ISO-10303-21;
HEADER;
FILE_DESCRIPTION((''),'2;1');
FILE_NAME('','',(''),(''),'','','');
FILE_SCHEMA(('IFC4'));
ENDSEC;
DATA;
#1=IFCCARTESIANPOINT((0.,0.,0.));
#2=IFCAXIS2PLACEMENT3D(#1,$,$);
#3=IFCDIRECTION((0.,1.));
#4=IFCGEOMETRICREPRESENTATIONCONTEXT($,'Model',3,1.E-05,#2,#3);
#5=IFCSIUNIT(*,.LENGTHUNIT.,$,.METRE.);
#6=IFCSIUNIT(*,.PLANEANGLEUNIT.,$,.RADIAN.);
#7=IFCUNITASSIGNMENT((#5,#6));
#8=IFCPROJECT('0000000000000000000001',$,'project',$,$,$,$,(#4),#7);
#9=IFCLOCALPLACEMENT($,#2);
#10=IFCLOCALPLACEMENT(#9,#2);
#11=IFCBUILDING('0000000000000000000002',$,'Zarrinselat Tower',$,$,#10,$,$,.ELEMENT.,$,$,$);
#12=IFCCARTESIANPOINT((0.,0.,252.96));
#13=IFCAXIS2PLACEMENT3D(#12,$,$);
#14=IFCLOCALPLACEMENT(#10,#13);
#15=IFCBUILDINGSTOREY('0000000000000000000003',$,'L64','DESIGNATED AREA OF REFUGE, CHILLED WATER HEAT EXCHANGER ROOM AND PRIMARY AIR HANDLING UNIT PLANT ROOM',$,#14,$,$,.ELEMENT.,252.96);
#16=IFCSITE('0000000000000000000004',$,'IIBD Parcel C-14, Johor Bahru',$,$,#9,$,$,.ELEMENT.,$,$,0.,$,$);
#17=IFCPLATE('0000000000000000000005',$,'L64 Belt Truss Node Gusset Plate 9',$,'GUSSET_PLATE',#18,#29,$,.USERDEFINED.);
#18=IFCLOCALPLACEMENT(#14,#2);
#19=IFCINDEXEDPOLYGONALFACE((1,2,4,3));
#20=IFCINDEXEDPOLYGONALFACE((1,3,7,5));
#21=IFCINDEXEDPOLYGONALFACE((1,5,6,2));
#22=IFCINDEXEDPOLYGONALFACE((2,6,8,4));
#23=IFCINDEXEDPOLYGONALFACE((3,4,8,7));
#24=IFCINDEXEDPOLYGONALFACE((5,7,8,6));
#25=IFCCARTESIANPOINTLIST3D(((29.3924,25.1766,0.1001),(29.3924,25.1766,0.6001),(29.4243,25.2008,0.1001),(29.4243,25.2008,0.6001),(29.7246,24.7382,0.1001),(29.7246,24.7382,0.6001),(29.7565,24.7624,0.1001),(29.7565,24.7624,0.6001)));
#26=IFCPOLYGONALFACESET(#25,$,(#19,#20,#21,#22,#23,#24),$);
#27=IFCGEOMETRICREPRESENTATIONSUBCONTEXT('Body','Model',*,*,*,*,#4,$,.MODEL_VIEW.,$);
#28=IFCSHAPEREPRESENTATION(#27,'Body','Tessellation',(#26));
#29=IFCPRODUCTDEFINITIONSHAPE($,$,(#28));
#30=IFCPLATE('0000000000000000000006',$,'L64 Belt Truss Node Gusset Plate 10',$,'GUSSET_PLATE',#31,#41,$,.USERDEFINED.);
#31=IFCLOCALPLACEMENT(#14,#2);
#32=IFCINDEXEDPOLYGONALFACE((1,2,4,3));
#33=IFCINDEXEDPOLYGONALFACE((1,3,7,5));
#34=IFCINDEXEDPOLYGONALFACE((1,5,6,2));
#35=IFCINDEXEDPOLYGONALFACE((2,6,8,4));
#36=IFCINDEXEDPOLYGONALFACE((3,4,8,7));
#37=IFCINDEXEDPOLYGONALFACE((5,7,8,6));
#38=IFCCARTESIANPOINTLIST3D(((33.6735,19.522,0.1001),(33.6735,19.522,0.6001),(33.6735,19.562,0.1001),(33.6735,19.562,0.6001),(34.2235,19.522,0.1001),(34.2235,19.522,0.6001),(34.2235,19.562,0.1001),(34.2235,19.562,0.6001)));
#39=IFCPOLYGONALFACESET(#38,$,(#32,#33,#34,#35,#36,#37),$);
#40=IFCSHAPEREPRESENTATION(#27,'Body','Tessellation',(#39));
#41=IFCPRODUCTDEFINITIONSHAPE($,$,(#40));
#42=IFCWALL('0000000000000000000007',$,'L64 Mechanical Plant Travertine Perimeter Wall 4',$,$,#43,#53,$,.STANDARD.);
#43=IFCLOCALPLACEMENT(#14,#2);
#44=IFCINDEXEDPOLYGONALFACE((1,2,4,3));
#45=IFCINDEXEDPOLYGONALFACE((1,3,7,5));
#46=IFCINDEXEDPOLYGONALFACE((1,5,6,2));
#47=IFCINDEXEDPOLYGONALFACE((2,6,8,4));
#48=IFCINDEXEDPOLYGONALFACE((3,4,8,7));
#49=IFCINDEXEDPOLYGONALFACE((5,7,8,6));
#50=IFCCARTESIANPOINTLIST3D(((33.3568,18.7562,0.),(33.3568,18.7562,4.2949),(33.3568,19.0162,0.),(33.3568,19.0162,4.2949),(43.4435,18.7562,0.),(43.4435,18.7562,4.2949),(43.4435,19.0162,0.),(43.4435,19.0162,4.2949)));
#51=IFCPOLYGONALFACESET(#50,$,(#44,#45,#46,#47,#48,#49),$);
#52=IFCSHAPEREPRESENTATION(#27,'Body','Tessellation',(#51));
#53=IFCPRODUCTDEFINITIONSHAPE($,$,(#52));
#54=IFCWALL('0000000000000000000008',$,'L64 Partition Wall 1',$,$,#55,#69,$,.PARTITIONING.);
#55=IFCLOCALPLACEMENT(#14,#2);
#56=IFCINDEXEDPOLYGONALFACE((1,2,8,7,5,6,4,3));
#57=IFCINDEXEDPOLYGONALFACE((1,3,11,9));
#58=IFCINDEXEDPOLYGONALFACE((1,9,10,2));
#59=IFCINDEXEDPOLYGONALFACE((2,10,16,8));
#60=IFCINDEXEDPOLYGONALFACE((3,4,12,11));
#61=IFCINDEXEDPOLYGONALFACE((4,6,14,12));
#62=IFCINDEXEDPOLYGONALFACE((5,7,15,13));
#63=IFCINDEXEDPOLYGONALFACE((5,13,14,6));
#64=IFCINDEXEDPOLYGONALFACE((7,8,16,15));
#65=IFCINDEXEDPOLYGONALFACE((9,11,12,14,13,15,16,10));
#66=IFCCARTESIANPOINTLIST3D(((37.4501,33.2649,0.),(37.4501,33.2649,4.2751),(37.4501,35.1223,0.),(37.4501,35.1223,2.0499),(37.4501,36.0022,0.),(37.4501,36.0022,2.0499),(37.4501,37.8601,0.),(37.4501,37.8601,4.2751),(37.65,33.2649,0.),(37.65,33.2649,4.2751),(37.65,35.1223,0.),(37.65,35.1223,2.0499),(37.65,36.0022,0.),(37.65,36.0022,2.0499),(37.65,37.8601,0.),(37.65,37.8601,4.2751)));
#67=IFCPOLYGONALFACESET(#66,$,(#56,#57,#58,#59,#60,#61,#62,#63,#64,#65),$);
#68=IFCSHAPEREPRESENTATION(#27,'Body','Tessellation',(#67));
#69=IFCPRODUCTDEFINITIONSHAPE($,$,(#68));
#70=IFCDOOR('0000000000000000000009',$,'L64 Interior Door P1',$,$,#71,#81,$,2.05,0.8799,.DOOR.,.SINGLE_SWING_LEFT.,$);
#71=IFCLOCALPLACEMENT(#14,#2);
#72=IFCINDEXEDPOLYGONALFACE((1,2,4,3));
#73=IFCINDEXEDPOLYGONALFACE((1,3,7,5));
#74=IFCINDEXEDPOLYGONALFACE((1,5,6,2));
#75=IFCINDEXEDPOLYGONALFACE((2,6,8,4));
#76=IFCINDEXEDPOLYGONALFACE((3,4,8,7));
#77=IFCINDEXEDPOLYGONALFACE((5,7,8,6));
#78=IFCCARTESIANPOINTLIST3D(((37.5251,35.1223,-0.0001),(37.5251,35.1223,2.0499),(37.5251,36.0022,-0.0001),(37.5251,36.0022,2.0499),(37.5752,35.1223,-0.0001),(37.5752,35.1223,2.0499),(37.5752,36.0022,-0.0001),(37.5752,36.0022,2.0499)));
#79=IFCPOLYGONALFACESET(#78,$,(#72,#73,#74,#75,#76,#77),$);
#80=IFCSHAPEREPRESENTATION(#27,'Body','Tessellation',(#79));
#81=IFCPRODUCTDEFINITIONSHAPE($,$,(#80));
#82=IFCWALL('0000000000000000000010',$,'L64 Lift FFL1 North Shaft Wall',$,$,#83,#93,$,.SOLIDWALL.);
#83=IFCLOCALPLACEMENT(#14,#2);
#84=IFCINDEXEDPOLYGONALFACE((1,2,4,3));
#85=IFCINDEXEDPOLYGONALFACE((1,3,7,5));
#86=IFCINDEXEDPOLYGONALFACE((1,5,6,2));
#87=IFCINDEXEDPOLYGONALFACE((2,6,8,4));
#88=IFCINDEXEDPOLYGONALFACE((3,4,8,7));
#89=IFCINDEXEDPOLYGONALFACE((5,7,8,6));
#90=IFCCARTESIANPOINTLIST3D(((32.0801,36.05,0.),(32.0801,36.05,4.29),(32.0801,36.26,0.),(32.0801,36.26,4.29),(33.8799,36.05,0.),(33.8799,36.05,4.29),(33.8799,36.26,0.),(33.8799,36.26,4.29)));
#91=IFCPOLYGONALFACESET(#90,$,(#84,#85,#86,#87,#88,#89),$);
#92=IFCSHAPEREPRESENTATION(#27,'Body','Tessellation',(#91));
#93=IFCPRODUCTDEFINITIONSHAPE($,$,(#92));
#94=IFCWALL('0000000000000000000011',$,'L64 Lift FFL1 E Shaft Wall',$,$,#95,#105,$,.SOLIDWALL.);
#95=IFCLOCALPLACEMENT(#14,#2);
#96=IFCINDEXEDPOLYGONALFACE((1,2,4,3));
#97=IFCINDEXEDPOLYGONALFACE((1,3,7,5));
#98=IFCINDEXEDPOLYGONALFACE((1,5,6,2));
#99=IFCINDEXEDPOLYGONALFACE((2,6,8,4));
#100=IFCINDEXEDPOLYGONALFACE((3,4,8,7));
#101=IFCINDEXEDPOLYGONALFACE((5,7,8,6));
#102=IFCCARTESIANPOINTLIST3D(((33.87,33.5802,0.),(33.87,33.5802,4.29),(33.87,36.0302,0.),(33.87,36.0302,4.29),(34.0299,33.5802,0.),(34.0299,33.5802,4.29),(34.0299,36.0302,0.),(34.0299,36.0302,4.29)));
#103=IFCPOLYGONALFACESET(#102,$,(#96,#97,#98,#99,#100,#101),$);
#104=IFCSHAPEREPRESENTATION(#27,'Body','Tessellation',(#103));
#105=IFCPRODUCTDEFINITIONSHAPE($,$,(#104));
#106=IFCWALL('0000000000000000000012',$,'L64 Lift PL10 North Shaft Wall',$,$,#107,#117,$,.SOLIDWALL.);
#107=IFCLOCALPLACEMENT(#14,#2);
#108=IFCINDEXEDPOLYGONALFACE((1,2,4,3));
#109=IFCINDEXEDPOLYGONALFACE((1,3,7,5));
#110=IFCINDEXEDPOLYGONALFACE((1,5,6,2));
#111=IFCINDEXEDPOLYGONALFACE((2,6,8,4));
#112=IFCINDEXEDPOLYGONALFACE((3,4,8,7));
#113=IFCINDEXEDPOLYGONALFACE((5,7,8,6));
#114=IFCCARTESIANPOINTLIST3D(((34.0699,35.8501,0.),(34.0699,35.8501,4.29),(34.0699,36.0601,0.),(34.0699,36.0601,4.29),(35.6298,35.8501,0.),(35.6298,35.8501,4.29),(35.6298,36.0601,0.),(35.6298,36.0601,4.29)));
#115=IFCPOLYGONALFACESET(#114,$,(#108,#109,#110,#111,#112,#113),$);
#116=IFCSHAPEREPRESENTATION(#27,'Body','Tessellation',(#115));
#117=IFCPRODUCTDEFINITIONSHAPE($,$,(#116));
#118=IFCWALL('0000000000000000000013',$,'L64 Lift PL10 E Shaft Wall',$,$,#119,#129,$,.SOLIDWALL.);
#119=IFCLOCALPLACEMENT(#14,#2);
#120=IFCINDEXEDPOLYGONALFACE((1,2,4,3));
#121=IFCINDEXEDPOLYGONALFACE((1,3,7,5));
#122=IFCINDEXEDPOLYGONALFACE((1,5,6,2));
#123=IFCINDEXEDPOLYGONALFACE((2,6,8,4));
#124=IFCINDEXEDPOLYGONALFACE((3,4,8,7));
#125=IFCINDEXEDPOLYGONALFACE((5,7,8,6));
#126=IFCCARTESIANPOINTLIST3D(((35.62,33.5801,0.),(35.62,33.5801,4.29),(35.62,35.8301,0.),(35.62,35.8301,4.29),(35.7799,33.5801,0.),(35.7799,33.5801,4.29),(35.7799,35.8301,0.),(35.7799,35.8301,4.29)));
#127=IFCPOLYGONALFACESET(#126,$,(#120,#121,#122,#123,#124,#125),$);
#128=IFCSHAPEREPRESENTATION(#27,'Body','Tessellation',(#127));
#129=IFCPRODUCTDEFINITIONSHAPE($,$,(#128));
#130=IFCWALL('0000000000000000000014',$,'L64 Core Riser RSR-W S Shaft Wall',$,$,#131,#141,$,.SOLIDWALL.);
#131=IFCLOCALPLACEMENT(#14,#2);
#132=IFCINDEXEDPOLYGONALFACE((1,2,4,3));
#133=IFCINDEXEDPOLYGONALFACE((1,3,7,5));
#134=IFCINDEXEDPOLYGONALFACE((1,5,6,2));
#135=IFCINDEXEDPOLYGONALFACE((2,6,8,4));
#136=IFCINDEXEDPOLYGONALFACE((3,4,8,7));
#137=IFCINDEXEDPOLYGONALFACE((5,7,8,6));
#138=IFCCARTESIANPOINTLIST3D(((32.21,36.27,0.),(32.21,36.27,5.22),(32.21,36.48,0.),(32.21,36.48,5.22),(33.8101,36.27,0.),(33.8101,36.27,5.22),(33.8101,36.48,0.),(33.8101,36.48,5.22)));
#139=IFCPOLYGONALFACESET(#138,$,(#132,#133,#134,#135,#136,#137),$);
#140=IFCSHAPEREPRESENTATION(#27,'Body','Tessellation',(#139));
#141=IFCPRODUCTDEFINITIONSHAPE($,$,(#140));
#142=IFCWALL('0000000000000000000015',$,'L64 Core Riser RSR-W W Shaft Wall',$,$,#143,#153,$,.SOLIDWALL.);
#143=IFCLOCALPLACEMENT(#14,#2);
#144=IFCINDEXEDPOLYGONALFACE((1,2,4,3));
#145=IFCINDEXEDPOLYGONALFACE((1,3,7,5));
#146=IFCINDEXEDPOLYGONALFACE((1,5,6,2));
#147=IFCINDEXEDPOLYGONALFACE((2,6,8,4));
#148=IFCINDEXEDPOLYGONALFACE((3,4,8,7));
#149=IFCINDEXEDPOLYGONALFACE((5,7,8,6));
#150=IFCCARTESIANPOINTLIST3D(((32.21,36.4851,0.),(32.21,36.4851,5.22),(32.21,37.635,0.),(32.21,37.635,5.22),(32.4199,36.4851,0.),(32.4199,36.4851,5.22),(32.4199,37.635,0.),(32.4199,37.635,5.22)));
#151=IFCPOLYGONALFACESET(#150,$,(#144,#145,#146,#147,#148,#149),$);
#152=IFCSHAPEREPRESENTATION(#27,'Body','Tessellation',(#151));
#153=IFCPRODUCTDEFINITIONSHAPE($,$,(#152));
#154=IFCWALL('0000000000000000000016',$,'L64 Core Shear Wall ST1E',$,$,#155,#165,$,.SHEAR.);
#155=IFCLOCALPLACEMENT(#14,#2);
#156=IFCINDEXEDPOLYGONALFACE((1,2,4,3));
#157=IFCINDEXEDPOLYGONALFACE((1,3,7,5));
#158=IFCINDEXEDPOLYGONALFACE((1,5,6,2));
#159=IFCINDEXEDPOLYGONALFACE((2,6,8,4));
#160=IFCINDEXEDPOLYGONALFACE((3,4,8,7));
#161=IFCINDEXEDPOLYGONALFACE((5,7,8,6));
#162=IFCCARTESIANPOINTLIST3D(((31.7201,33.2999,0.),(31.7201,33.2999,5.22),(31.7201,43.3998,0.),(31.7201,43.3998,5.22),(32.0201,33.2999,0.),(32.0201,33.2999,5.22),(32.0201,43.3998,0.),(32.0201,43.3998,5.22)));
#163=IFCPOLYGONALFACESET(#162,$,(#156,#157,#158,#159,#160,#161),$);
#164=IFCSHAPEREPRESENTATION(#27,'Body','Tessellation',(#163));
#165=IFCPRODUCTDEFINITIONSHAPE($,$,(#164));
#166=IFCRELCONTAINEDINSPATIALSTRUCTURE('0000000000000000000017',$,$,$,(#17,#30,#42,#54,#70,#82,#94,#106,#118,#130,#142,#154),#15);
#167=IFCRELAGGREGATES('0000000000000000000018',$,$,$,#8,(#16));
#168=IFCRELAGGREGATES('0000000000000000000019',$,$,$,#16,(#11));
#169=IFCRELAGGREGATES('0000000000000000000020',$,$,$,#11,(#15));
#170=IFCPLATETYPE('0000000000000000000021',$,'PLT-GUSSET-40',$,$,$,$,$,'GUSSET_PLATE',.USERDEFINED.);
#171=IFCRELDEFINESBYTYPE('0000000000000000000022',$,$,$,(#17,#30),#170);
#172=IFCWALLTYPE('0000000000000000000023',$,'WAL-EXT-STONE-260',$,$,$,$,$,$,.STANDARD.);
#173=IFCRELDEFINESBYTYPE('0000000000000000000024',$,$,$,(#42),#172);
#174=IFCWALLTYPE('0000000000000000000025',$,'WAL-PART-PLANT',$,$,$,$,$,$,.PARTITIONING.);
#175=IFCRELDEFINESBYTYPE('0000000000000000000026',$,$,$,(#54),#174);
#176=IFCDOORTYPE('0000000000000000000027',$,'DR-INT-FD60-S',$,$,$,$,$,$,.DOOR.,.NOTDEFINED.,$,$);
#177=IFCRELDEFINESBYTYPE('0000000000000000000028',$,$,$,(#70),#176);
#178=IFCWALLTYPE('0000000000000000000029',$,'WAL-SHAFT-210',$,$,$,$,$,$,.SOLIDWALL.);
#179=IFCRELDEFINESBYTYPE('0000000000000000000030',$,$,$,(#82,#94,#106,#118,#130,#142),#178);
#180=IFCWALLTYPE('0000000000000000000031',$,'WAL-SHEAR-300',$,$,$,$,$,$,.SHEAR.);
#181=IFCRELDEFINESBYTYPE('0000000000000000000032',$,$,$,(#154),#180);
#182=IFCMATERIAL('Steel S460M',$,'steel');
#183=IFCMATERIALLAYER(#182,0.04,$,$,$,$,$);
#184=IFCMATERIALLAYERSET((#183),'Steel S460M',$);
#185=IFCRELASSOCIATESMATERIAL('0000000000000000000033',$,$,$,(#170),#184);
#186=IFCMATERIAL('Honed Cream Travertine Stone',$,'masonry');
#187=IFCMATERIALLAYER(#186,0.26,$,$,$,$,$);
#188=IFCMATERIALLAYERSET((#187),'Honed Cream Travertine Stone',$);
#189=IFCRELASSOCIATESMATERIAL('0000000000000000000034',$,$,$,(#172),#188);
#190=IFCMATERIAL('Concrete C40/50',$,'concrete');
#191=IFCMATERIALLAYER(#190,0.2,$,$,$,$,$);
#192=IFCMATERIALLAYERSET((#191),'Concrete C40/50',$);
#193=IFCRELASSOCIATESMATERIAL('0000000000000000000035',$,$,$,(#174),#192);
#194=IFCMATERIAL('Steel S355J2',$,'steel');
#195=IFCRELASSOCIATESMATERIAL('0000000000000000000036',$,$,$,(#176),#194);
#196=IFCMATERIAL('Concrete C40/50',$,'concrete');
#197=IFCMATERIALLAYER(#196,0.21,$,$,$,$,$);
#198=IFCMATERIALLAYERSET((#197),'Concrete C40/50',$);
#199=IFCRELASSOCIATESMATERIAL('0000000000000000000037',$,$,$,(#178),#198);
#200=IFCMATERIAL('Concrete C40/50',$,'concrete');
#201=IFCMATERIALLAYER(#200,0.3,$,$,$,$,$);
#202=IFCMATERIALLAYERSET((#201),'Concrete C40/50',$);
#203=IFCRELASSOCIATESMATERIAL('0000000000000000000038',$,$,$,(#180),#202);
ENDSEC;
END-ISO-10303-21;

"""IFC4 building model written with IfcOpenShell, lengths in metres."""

from ifc_helpers import new_model, si_unit, direction, frame, frame_2d, origin, origin_2d, place, context, subcontext, project, spatial, rectangle, extrude, material, layer, layer_set, type_object, element, fill, save


model = new_model("IFC4")

# Units and contexts
model_context = context("Model", 3, precision=1e-05, world=origin(), true_north=direction((0.0, 1.0)))
body_context = subcontext(model_context, "Body", "Model", "MODEL_VIEW")
ifc_project = project(units=[si_unit("LENGTHUNIT", "METRE"), si_unit("PLANEANGLEUNIT", "RADIAN")], contexts=[model_context])

# Site, building, storey
site_placement = place(None, origin())
site = spatial("IfcSite", under=ifc_project, at=site_placement, Name="IIBD Parcel C-14, Johor Bahru", CompositionType="ELEMENT", RefElevation=0.0)
building_placement = place(site_placement, origin())
building = spatial("IfcBuilding", under=site, at=building_placement, Name="Zarrinselat Tower", CompositionType="ELEMENT")
storey_placement = place(building_placement, frame((0.0, 0.0, 252.96)))
storey = spatial("IfcBuildingStorey", under=building, at=storey_placement, Name="L64", Description="DESIGNATED AREA OF REFUGE, CHILLED WATER HEAT EXCHANGER ROOM AND PRIMARY AIR HANDLING UNIT PLANT ROOM", CompositionType="ELEMENT", Elevation=252.96)

# Plates
ifc_material_1 = material(Name="Steel S460M", Category="steel")
ifc_layer_1 = layer(ifc_material_1, 0.04)
ifc_layer_set_1 = layer_set([ifc_layer_1], Name="Steel S460M")
plate_type = type_object("IfcPlateType", Name="PLT-GUSSET-40", ElementType="GUSSET_PLATE", PredefinedType="USERDEFINED", material=ifc_layer_set_1)
for number, where, z_axis, x_axis, name in (
    (1, (29.5745, 24.9695, 0.1001), (0.0, 0.0, 1.0), (0.603863, -0.797088, 0.0), "L64 Belt Truss Node Gusset Plate 9"),
    (2, (33.9485, 19.542, 0.1001), (0.0, 0.0, 1.0), (1.0, 0.0, 0.0), "L64 Belt Truss Node Gusset Plate 10"),
):
    element("IfcPlate", number, at=place(storey_placement, frame(where, z_axis=z_axis, x_axis=x_axis)), inside=storey, type_object=plate_type, Name=name, ObjectType="GUSSET_PLATE", PredefinedType="USERDEFINED", context=body_context, shape_type="SweptSolid", body=[
        extrude(rectangle(XDim=0.55, YDim=0.04, at=origin_2d()), origin(), (0.0, 0.0, 1.0), 0.5),
    ])

# Wall
ifc_material_2 = material(Name="Honed Cream Travertine Stone", Category="masonry")
ifc_layer_2 = layer(ifc_material_2, 0.26)
ifc_layer_set_2 = layer_set([ifc_layer_2], Name="Honed Cream Travertine Stone")
wall_type_1 = type_object("IfcWallType", Name="WAL-EXT-STONE-260", PredefinedType="STANDARD", material=ifc_layer_set_2)
wall_1_placement = place(storey_placement, frame((33.3567, 18.8862, 0.0), z_axis=(0.0, 0.0, 1.0), x_axis=(1.0, 0.0, 0.0)))
element("IfcWall", 3, at=wall_1_placement, inside=storey, type_object=wall_type_1, Name="L64 Mechanical Plant Travertine Perimeter Wall 4", PredefinedType="STANDARD", context=body_context, shape_type="SweptSolid", body=[
    extrude(rectangle(XDim=10.0867, YDim=0.26, at=frame_2d((5.0435, 0.0))), origin(), (0.0, 0.0, 1.0), 4.2949),
])

# Wall, opening, door
ifc_material_3 = material(Name="Concrete C40/50", Category="concrete")
ifc_layer_3 = layer(ifc_material_3, 0.2)
ifc_layer_set_3 = layer_set([ifc_layer_3], Name="Concrete C40/50")
wall_type_2 = type_object("IfcWallType", Name="WAL-PART-PLANT", PredefinedType="PARTITIONING", material=ifc_layer_set_3)
wall_2_placement = place(storey_placement, frame((37.55, 33.2649, 0.0), z_axis=(0.0, 0.0, 1.0), x_axis=(0.0, 1.0, 0.0)))
wall_2 = element("IfcWall", 4, at=wall_2_placement, inside=storey, type_object=wall_type_2, Name="L64 Partition Wall 1", PredefinedType="PARTITIONING", context=body_context, shape_type="SweptSolid", body=[
    extrude(rectangle(XDim=4.5952, YDim=0.2, at=frame_2d((2.2976, 0.0))), origin(), (0.0, 0.0, 1.0), 4.2751),
])
opening_placement = place(wall_2_placement, frame((1.8574, 0.0, 0.0)))
opening = element("IfcOpeningElement", 5, at=opening_placement, cuts=wall_2, PredefinedType="OPENING", context=body_context, shape_type="SweptSolid", body=[
    extrude(rectangle(XDim=0.8799, YDim=2.05, at=frame_2d((0.4399, 1.0249))), frame((0.0, 0.1099, 0.0), z_axis=(0.0, -1.0, 0.0), x_axis=(1.0, 0.0, 0.0)), (0.0, 0.0, 1.0), 0.22),
])
ifc_material_4 = material(Name="Steel S355J2", Category="steel")
door_type = type_object("IfcDoorType", Name="DR-INT-FD60-S", OperationType="NOTDEFINED", PredefinedType="DOOR", material=ifc_material_4)
door_placement = place(opening_placement, origin())
door = element("IfcDoor", 6, at=door_placement, inside=storey, type_object=door_type, Name="L64 Interior Door P1", OperationType="SINGLE_SWING_LEFT", OverallHeight=2.05, OverallWidth=0.8799, PredefinedType="DOOR", context=body_context, shape_type="SweptSolid", body=[
    extrude(rectangle(XDim=0.8799, YDim=2.05, at=frame_2d((0.4399, 1.0249))), frame((0.0, 0.0249, 0.0), z_axis=(0.0, -1.0, 0.0), x_axis=(1.0, 0.0, 0.0)), (0.0, 0.0, 1.0), 0.05),
])
fill(opening, door)

# Walls
ifc_material_5 = material(Name="Concrete C40/50", Category="concrete")
ifc_layer_4 = layer(ifc_material_5, 0.21)
ifc_layer_set_4 = layer_set([ifc_layer_4], Name="Concrete C40/50")
wall_type_3 = type_object("IfcWallType", Name="WAL-SHAFT-210", PredefinedType="SOLIDWALL", material=ifc_layer_set_4)
wall_3_placement = place(storey_placement, frame((32.0801, 36.155, 0.0), z_axis=(0.0, 0.0, 1.0), x_axis=(1.0, 0.0, 0.0)))
element("IfcWall", 7, at=wall_3_placement, inside=storey, type_object=wall_type_3, Name="L64 Lift FFL1 North Shaft Wall", PredefinedType="SOLIDWALL", context=body_context, shape_type="SweptSolid", body=[
    extrude(rectangle(XDim=1.7998, YDim=0.21, at=frame_2d((0.8999, 0.0))), origin(), (0.0, 0.0, 1.0), 4.29),
])
wall_4_placement = place(storey_placement, frame((33.95, 33.5801, 0.0), z_axis=(0.0, 0.0, 1.0), x_axis=(0.0, 1.0, 0.0)))
element("IfcWall", 8, at=wall_4_placement, inside=storey, type_object=wall_type_3, Name="L64 Lift FFL1 E Shaft Wall", PredefinedType="SOLIDWALL", context=body_context, shape_type="SweptSolid", body=[
    extrude(rectangle(XDim=2.45, YDim=0.1599, at=frame_2d((1.2251, 0.0))), origin(), (0.0, 0.0, 1.0), 4.29),
])
wall_5_placement = place(storey_placement, frame((34.0701, 35.9551, 0.0), z_axis=(0.0, 0.0, 1.0), x_axis=(1.0, 0.0, 0.0)))
element("IfcWall", 9, at=wall_5_placement, inside=storey, type_object=wall_type_3, Name="L64 Lift PL10 North Shaft Wall", PredefinedType="SOLIDWALL", context=body_context, shape_type="SweptSolid", body=[
    extrude(rectangle(XDim=1.5598, YDim=0.21, at=frame_2d((0.7798, 0.0))), origin(), (0.0, 0.0, 1.0), 4.29),
])
wall_6_placement = place(storey_placement, frame((35.7, 33.5801, 0.0), z_axis=(0.0, 0.0, 1.0), x_axis=(0.0, 1.0, 0.0)))
element("IfcWall", 10, at=wall_6_placement, inside=storey, type_object=wall_type_3, Name="L64 Lift PL10 E Shaft Wall", PredefinedType="SOLIDWALL", context=body_context, shape_type="SweptSolid", body=[
    extrude(rectangle(XDim=2.25, YDim=0.1599, at=frame_2d((1.125, 0.0))), origin(), (0.0, 0.0, 1.0), 4.29),
])
wall_7_placement = place(storey_placement, frame((32.21, 36.375, 0.0), z_axis=(0.0, 0.0, 1.0), x_axis=(1.0, 0.0, 0.0)))
element("IfcWall", 11, at=wall_7_placement, inside=storey, type_object=wall_type_3, Name="L64 Core Riser RSR-W S Shaft Wall", PredefinedType="SOLIDWALL", context=body_context, shape_type="SweptSolid", body=[
    extrude(rectangle(XDim=1.6001, YDim=0.21, at=frame_2d((0.8, 0.0))), origin(), (0.0, 0.0, 1.0), 5.22),
])
wall_8_placement = place(storey_placement, frame((32.3149, 36.4851, 0.0), z_axis=(0.0, 0.0, 1.0), x_axis=(0.0, 1.0, 0.0)))
element("IfcWall", 12, at=wall_8_placement, inside=storey, type_object=wall_type_3, Name="L64 Core Riser RSR-W W Shaft Wall", PredefinedType="SOLIDWALL", context=body_context, shape_type="SweptSolid", body=[
    extrude(rectangle(XDim=1.1499, YDim=0.21, at=frame_2d((0.575, 0.0))), origin(), (0.0, 0.0, 1.0), 5.22),
])
ifc_material_6 = material(Name="Concrete C40/50", Category="concrete")
ifc_layer_5 = layer(ifc_material_6, 0.3)
ifc_layer_set_5 = layer_set([ifc_layer_5], Name="Concrete C40/50")
wall_type_4 = type_object("IfcWallType", Name="WAL-SHEAR-300", PredefinedType="SHEAR", material=ifc_layer_set_5)
wall_9_placement = place(storey_placement, frame((31.8701, 33.3, 0.0), z_axis=(0.0, 0.0, 1.0), x_axis=(0.0, 1.0, 0.0)))
element("IfcWall", 13, at=wall_9_placement, inside=storey, type_object=wall_type_4, Name="L64 Core Shear Wall ST1E", PredefinedType="SHEAR", context=body_context, shape_type="SweptSolid", body=[
    extrude(rectangle(XDim=10.0999, YDim=0.3, at=frame_2d((5.0498, 0.0))), origin(), (0.0, 0.0, 1.0), 5.22),
])

save(model, "model.ifc")
